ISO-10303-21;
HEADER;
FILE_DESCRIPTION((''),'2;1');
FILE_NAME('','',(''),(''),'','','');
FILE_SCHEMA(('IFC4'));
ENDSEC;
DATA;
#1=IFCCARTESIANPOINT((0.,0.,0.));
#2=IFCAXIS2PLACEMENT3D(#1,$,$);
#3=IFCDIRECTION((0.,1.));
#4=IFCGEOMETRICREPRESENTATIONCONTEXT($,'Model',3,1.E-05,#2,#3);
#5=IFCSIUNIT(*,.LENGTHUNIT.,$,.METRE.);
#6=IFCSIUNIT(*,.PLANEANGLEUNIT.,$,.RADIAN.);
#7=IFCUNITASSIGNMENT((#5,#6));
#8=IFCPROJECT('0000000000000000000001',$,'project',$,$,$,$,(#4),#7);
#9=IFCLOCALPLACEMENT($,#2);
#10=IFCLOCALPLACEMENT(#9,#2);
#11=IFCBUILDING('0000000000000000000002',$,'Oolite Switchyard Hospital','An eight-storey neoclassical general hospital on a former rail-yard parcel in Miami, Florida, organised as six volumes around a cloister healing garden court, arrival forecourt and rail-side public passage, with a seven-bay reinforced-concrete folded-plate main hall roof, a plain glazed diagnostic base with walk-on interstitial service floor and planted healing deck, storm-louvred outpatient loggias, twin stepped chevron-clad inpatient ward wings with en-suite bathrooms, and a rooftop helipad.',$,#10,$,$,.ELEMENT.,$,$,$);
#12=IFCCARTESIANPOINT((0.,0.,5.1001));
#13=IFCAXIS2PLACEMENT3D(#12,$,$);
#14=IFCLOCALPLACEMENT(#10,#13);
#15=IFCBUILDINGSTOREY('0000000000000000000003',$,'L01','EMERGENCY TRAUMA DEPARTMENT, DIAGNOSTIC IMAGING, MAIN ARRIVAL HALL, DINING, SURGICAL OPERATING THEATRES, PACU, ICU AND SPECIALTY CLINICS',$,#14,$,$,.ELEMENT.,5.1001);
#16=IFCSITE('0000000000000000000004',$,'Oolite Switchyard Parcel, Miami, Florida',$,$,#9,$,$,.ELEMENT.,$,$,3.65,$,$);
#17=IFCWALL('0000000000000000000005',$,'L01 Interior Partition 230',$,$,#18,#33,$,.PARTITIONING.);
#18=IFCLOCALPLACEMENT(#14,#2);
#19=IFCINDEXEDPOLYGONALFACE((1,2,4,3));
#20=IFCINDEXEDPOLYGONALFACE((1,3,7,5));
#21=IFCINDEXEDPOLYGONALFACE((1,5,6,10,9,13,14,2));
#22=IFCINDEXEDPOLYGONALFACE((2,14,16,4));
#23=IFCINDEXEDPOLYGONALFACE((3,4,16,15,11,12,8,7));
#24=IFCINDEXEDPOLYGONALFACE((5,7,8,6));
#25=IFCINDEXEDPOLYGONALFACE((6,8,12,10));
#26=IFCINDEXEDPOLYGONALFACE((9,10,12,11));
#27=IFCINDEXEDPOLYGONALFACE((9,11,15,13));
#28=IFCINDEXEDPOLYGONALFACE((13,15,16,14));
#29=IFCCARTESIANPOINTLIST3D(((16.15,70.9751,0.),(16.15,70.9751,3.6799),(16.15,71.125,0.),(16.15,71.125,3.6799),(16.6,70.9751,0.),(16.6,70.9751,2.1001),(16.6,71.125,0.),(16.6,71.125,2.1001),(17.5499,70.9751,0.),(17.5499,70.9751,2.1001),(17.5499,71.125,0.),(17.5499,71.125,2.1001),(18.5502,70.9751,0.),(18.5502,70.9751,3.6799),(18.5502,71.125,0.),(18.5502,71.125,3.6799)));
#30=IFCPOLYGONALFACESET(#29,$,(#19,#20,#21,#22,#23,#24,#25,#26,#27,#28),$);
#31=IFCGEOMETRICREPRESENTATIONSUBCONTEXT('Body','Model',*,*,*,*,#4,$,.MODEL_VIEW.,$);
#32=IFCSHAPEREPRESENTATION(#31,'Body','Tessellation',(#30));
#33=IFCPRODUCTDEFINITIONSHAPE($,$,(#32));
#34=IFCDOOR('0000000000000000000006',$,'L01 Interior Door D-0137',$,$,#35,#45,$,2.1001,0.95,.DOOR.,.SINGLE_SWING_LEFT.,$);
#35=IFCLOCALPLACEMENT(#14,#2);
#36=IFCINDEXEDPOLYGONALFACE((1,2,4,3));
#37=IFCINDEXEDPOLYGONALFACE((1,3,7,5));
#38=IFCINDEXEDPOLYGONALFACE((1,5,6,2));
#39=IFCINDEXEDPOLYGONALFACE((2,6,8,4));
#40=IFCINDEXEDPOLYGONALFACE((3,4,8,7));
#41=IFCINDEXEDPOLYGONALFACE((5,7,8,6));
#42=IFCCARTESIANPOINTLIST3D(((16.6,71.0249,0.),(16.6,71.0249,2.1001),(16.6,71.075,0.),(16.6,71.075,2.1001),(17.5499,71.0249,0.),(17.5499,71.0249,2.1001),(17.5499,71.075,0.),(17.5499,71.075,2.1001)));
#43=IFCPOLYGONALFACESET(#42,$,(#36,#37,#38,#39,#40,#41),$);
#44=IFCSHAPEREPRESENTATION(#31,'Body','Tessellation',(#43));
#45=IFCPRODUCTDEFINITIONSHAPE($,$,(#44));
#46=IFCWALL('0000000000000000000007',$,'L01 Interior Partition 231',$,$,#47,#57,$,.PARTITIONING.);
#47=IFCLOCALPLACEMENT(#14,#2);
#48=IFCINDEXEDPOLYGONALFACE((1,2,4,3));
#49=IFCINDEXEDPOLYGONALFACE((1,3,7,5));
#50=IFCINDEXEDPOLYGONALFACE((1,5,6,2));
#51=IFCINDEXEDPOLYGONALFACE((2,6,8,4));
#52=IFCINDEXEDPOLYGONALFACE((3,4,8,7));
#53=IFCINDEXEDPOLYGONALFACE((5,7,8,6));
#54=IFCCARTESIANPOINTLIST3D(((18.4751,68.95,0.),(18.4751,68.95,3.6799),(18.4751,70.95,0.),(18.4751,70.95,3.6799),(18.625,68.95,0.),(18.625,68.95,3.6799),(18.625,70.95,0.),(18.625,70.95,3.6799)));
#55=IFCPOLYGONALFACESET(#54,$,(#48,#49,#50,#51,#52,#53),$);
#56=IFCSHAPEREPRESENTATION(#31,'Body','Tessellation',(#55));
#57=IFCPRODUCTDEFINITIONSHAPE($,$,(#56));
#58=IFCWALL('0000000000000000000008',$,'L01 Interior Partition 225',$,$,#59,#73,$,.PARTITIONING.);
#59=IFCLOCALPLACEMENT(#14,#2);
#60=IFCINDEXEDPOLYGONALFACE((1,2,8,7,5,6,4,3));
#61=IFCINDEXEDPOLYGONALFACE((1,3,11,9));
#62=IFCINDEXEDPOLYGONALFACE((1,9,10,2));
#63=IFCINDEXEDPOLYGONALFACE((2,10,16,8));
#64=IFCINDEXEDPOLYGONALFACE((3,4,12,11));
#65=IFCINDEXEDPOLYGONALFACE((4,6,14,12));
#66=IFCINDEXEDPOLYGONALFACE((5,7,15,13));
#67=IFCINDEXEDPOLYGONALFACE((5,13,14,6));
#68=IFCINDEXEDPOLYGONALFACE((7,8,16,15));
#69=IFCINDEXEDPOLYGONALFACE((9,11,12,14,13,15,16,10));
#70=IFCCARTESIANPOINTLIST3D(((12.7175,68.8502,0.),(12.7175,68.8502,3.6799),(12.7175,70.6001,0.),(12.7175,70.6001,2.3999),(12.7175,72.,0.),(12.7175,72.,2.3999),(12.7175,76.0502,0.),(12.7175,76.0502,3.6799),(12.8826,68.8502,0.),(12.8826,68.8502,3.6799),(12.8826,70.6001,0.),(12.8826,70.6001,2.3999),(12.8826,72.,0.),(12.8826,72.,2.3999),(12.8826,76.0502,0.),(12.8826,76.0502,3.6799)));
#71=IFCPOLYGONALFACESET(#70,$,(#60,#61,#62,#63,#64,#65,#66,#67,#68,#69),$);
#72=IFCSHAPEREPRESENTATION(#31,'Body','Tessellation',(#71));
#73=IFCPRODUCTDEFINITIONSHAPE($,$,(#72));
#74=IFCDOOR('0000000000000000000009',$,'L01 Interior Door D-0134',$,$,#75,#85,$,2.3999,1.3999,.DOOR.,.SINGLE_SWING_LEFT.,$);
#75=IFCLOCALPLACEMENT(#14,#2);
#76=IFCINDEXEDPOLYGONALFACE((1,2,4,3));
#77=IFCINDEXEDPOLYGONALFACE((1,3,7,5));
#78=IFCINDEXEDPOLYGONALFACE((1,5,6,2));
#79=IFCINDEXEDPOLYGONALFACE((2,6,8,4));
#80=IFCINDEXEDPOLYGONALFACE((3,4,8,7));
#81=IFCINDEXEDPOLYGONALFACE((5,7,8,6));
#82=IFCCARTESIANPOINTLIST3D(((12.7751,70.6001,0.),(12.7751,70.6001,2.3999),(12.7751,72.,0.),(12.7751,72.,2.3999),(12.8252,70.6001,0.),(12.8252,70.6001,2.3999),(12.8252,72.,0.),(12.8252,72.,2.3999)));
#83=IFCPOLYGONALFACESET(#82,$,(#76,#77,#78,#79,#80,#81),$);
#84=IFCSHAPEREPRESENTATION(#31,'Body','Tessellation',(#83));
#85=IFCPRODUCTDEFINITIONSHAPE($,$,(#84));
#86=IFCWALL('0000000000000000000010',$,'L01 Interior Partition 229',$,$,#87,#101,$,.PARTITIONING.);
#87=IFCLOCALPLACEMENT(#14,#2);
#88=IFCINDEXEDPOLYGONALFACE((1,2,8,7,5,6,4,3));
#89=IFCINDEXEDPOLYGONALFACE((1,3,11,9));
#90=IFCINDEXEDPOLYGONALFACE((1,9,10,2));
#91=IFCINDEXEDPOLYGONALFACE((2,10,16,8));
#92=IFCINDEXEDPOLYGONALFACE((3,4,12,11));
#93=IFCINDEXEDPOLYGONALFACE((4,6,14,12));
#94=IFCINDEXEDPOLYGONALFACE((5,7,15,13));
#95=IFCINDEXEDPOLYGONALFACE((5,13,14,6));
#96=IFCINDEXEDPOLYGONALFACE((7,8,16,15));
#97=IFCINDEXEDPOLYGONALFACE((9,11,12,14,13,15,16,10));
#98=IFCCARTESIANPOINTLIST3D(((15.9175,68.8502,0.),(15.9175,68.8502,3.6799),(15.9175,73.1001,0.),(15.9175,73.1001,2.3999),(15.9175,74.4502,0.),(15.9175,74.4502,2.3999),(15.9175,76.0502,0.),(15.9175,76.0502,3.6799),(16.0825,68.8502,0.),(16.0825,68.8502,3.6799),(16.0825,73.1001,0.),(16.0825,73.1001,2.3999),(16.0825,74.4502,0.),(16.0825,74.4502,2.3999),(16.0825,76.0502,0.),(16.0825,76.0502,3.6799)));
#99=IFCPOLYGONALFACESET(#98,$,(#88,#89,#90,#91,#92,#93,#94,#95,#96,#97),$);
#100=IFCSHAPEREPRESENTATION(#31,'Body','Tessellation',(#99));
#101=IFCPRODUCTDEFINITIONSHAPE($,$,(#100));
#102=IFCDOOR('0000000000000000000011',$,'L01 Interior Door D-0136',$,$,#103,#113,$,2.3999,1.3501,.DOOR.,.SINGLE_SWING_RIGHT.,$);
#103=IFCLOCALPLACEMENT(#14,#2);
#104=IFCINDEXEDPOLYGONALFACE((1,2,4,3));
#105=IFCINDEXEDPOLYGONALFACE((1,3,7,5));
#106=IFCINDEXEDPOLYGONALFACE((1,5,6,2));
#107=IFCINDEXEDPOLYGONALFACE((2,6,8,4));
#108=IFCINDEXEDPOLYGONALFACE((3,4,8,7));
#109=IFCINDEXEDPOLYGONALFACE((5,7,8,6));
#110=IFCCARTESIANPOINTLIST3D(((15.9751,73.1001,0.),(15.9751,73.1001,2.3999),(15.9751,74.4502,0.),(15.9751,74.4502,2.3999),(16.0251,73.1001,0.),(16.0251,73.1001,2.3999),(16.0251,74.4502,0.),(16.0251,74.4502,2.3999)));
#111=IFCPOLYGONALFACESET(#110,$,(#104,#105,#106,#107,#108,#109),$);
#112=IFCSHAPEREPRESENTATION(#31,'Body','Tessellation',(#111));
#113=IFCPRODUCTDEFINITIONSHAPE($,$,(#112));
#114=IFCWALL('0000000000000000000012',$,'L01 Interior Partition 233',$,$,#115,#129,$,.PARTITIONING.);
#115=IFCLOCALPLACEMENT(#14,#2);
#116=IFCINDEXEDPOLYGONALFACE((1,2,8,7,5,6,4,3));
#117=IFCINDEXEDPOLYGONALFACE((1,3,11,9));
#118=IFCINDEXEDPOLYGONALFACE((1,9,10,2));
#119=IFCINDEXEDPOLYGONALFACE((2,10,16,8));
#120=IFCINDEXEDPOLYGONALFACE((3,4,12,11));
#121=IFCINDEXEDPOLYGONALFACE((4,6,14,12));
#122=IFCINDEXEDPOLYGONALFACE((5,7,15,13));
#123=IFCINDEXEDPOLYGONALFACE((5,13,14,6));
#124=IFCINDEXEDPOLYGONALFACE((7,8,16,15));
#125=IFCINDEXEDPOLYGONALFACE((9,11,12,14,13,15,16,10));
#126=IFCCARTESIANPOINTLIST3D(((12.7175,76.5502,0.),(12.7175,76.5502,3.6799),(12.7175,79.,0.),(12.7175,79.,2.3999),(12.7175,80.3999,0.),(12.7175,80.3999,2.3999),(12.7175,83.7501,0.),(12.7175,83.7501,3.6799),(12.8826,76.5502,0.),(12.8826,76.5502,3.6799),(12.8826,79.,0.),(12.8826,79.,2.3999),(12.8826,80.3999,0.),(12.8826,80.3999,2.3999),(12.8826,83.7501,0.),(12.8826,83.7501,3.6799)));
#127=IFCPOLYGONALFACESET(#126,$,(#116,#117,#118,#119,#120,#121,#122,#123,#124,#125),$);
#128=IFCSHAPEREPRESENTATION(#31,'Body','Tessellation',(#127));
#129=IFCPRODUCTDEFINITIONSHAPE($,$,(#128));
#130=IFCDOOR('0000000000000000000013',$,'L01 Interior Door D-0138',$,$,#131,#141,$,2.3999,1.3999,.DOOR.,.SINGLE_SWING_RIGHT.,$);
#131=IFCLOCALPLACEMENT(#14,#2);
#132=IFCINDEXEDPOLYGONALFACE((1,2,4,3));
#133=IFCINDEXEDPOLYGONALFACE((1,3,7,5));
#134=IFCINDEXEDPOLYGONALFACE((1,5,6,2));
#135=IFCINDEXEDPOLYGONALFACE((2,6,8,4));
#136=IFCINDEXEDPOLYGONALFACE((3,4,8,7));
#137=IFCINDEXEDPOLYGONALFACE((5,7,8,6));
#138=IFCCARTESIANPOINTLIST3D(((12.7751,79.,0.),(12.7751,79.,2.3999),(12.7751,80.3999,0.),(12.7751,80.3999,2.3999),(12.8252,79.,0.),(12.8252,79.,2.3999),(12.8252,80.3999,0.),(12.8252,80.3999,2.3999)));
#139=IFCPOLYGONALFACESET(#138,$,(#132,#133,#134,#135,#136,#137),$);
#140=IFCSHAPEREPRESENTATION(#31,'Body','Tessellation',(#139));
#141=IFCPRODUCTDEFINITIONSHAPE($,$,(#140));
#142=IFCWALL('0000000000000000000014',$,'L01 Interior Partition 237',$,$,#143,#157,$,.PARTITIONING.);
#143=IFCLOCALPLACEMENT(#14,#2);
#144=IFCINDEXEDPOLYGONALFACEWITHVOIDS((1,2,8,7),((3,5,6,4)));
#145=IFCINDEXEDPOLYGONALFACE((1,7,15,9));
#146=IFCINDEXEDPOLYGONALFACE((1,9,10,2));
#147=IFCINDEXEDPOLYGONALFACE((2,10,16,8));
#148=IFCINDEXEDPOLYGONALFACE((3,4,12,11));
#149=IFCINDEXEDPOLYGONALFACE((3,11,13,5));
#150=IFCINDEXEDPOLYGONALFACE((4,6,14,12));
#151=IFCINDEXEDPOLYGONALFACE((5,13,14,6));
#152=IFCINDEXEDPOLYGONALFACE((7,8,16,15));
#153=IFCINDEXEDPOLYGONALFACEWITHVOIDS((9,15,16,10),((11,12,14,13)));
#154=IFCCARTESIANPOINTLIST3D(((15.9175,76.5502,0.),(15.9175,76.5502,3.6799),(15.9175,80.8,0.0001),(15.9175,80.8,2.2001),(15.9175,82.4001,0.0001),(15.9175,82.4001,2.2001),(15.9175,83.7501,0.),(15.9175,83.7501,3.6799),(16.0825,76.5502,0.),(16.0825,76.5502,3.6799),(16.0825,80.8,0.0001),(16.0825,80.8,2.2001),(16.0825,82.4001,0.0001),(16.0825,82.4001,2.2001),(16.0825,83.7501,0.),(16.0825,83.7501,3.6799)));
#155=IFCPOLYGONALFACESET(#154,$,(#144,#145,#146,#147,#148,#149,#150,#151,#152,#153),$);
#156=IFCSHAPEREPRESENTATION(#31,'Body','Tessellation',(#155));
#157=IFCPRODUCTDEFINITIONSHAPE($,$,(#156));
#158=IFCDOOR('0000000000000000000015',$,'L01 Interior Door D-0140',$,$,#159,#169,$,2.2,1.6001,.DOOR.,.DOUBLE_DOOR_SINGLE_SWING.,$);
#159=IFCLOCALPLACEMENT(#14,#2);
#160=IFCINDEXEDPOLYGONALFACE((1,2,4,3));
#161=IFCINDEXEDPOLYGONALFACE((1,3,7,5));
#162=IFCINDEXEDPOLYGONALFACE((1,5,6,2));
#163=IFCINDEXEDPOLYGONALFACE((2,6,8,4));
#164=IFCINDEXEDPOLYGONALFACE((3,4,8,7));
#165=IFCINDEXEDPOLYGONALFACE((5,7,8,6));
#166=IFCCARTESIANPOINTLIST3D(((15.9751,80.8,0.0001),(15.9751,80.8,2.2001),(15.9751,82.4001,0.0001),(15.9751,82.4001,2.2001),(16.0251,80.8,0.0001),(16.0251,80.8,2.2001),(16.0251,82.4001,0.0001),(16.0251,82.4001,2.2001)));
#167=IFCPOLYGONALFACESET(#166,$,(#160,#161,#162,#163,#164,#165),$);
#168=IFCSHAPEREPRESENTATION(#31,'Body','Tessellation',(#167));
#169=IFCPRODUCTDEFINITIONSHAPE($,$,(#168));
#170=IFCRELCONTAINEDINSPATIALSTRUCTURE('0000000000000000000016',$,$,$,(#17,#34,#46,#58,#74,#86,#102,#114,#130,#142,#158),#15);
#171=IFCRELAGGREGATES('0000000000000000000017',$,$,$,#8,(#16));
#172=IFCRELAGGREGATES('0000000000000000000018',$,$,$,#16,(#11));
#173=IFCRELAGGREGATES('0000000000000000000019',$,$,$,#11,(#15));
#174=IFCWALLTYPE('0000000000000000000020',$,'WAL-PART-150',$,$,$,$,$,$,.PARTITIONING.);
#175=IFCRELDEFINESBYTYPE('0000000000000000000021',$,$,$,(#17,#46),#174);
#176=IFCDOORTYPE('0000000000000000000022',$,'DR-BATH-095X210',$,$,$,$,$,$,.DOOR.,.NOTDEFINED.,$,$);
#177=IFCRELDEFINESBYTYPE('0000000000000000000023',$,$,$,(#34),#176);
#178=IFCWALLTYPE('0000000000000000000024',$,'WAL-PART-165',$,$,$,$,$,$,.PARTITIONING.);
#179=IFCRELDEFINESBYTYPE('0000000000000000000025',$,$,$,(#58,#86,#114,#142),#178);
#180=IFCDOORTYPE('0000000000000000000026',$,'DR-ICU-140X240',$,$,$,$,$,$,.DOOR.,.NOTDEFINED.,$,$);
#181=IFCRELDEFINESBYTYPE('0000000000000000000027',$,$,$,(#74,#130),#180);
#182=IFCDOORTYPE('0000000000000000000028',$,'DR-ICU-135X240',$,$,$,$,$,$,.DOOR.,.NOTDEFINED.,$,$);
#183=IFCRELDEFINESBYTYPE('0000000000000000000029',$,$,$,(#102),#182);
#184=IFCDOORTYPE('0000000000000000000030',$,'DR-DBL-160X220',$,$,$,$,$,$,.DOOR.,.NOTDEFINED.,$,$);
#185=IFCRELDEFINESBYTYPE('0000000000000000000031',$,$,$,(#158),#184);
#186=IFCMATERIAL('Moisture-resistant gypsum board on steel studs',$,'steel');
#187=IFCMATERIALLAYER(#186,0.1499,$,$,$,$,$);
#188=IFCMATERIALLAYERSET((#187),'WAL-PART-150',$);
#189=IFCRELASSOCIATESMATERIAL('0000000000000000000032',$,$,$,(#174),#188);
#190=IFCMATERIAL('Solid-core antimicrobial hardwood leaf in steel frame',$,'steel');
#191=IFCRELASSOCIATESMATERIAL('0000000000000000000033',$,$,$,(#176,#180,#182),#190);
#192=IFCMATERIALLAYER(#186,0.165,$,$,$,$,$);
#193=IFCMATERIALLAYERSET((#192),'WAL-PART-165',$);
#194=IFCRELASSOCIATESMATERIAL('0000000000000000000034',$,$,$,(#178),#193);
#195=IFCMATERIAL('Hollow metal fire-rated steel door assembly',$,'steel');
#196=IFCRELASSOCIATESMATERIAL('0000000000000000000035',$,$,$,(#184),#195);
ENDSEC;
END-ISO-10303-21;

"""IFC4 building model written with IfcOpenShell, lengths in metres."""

from ifc_helpers import new_model, si_unit, direction, frame, frame_2d, origin, place, context, subcontext, project, spatial, rectangle, extrude, material, layer, layer_set, type_object, element, fill, save


model = new_model("IFC4")

# Units and contexts
model_context = context("Model", 3, precision=1e-05, world=origin(), true_north=direction((0.0, 1.0)))
body_context = subcontext(model_context, "Body", "Model", "MODEL_VIEW")
ifc_project = project(units=[si_unit("LENGTHUNIT", "METRE"), si_unit("PLANEANGLEUNIT", "RADIAN")], contexts=[model_context])

# Site, building, storey
site_placement = place(None, origin())
site = spatial("IfcSite", under=ifc_project, at=site_placement, Name="Oolite Switchyard Parcel, Miami, Florida", CompositionType="ELEMENT", RefElevation=3.65)
building_placement = place(site_placement, origin())
building = spatial("IfcBuilding", under=site, at=building_placement, Name="Oolite Switchyard Hospital", Description="An eight-storey neoclassical general hospital on a former rail-yard parcel in Miami, Florida, organised as six volumes around a cloister healing garden court, arrival forecourt and rail-side public passage, with a seven-bay reinforced-concrete folded-plate main hall roof, a plain glazed diagnostic base with walk-on interstitial service floor and planted healing deck, storm-louvred outpatient loggias, twin stepped chevron-clad inpatient ward wings with en-suite bathrooms, and a rooftop helipad.", CompositionType="ELEMENT")
storey_placement = place(building_placement, frame((0.0, 0.0, 5.1001)))
storey = spatial("IfcBuildingStorey", under=building, at=storey_placement, Name="L01", Description="EMERGENCY TRAUMA DEPARTMENT, DIAGNOSTIC IMAGING, MAIN ARRIVAL HALL, DINING, SURGICAL OPERATING THEATRES, PACU, ICU AND SPECIALTY CLINICS", CompositionType="ELEMENT", Elevation=5.1001)

# Shared definitions
ifc_material_1 = material(Name="Moisture-resistant gypsum board on steel studs", Category="steel")

# Shared definitions
ifc_layer_1 = layer(ifc_material_1, 0.1499)
ifc_layer_set_1 = layer_set([ifc_layer_1], Name="WAL-PART-150")
wall_type_1 = type_object("IfcWallType", Name="WAL-PART-150", PredefinedType="PARTITIONING", material=ifc_layer_set_1)
ifc_material_2 = material(Name="Solid-core antimicrobial hardwood leaf in steel frame", Category="steel")

# Wall, opening, door
wall_1_placement = place(storey_placement, frame((16.1499, 71.05, 0.0), z_axis=(0.0, 0.0, 1.0), x_axis=(1.0, 0.0, 0.0)))
wall_1 = element("IfcWall", 1, at=wall_1_placement, inside=storey, type_object=wall_type_1, Name="L01 Interior Partition 230", PredefinedType="PARTITIONING", context=body_context, shape_type="SweptSolid", body=[
    extrude(rectangle(XDim=2.4001, YDim=0.1499, at=frame_2d((1.2002, 0.0))), origin(), (0.0, 0.0, 1.0), 3.6799),
])
opening_1_placement = place(wall_1_placement, frame((0.45, 0.0, 0.0)))
opening_1 = element("IfcOpeningElement", 2, at=opening_1_placement, cuts=wall_1, PredefinedType="OPENING", context=body_context, shape_type="SweptSolid", body=[
    extrude(rectangle(XDim=0.95, YDim=2.1001, at=frame_2d((0.4751, 1.05))), frame((0.0, 0.085, 0.0), z_axis=(0.0, -1.0, 0.0), x_axis=(1.0, 0.0, 0.0)), (0.0, 0.0, 1.0), 0.1699),
])
door_type_1 = type_object("IfcDoorType", Name="DR-BATH-095X210", OperationType="NOTDEFINED", PredefinedType="DOOR", material=ifc_material_2)
door_1_placement = place(opening_1_placement, origin())
door_1 = element("IfcDoor", 3, at=door_1_placement, inside=storey, type_object=door_type_1, Name="L01 Interior Door D-0137", OperationType="SINGLE_SWING_LEFT", OverallHeight=2.1001, OverallWidth=0.95, PredefinedType="DOOR", context=body_context, shape_type="SweptSolid", body=[
    extrude(rectangle(XDim=0.95, YDim=2.1001, at=frame_2d((0.4751, 1.05))), frame((0.0, 0.0249, 0.0), z_axis=(0.0, -1.0, 0.0), x_axis=(1.0, 0.0, 0.0)), (0.0, 0.0, 1.0), 0.05),
])
fill(opening_1, door_1)

# Wall
wall_2_placement = place(storey_placement, frame((18.55, 68.95, 0.0), z_axis=(0.0, 0.0, 1.0), x_axis=(0.0, 1.0, 0.0)))
element("IfcWall", 4, at=wall_2_placement, inside=storey, type_object=wall_type_1, Name="L01 Interior Partition 231", PredefinedType="PARTITIONING", context=body_context, shape_type="SweptSolid", body=[
    extrude(rectangle(XDim=2.0, YDim=0.1499, at=frame_2d((1.0, 0.0))), origin(), (0.0, 0.0, 1.0), 3.6799),
])

# Walls, openings, doors
ifc_layer_2 = layer(ifc_material_1, 0.165)
ifc_layer_set_2 = layer_set([ifc_layer_2], Name="WAL-PART-165")
wall_type_2 = type_object("IfcWallType", Name="WAL-PART-165", PredefinedType="PARTITIONING", material=ifc_layer_set_2)
wall_3_placement = place(storey_placement, frame((12.8, 68.8501, 0.0), z_axis=(0.0, 0.0, 1.0), x_axis=(0.0, 1.0, 0.0)))
wall_3 = element("IfcWall", 5, at=wall_3_placement, inside=storey, type_object=wall_type_2, Name="L01 Interior Partition 225", PredefinedType="PARTITIONING", context=body_context, shape_type="SweptSolid", body=[
    extrude(rectangle(XDim=7.2, YDim=0.165, at=frame_2d((3.6001, 0.0))), origin(), (0.0, 0.0, 1.0), 3.6799),
])
opening_2_placement = place(wall_3_placement, frame((1.75, 0.0, 0.0)))
opening_2 = element("IfcOpeningElement", 6, at=opening_2_placement, cuts=wall_3, PredefinedType="OPENING", context=body_context, shape_type="SweptSolid", body=[
    extrude(rectangle(XDim=1.3999, YDim=2.3999, at=frame_2d((0.7, 1.2))), frame((0.0, 0.0925, 0.0), z_axis=(0.0, -1.0, 0.0), x_axis=(1.0, 0.0, 0.0)), (0.0, 0.0, 1.0), 0.1851),
])
door_type_2 = type_object("IfcDoorType", Name="DR-ICU-140X240", OperationType="NOTDEFINED", PredefinedType="DOOR", material=ifc_material_2)
door_2_placement = place(opening_2_placement, origin())
door_2 = element("IfcDoor", 7, at=door_2_placement, inside=storey, type_object=door_type_2, Name="L01 Interior Door D-0134", OperationType="SINGLE_SWING_LEFT", OverallHeight=2.3999, OverallWidth=1.3999, PredefinedType="DOOR", context=body_context, shape_type="SweptSolid", body=[
    extrude(rectangle(XDim=1.3999, YDim=2.3999, at=frame_2d((0.7, 1.2))), frame((0.0, 0.0249, 0.0), z_axis=(0.0, -1.0, 0.0), x_axis=(1.0, 0.0, 0.0)), (0.0, 0.0, 1.0), 0.05),
])
fill(opening_2, door_2)
wall_4_placement = place(storey_placement, frame((16.0, 68.8501, 0.0), z_axis=(0.0, 0.0, 1.0), x_axis=(0.0, 1.0, 0.0)))
wall_4 = element("IfcWall", 8, at=wall_4_placement, inside=storey, type_object=wall_type_2, Name="L01 Interior Partition 229", PredefinedType="PARTITIONING", context=body_context, shape_type="SweptSolid", body=[
    extrude(rectangle(XDim=7.2, YDim=0.165, at=frame_2d((3.6001, 0.0))), origin(), (0.0, 0.0, 1.0), 3.6799),
])
opening_3_placement = place(wall_4_placement, frame((4.25, 0.0, 0.0)))
opening_3 = element("IfcOpeningElement", 9, at=opening_3_placement, cuts=wall_4, PredefinedType="OPENING", context=body_context, shape_type="SweptSolid", body=[
    extrude(rectangle(XDim=1.3501, YDim=2.3999, at=frame_2d((0.675, 1.2))), frame((0.0, 0.0925, 0.0), z_axis=(0.0, -1.0, 0.0), x_axis=(1.0, 0.0, 0.0)), (0.0, 0.0, 1.0), 0.1851),
])
door_type_3 = type_object("IfcDoorType", Name="DR-ICU-135X240", OperationType="NOTDEFINED", PredefinedType="DOOR", material=ifc_material_2)
door_3_placement = place(opening_3_placement, origin())
door_3 = element("IfcDoor", 10, at=door_3_placement, inside=storey, type_object=door_type_3, Name="L01 Interior Door D-0136", OperationType="SINGLE_SWING_RIGHT", OverallHeight=2.3999, OverallWidth=1.3501, PredefinedType="DOOR", context=body_context, shape_type="SweptSolid", body=[
    extrude(rectangle(XDim=1.3501, YDim=2.3999, at=frame_2d((0.675, 1.2))), frame((0.0, 0.0249, 0.0), z_axis=(0.0, -1.0, 0.0), x_axis=(1.0, 0.0, 0.0)), (0.0, 0.0, 1.0), 0.05),
])
fill(opening_3, door_3)
wall_5_placement = place(storey_placement, frame((12.8, 76.55, 0.0), z_axis=(0.0, 0.0, 1.0), x_axis=(0.0, 1.0, 0.0)))
wall_5 = element("IfcWall", 11, at=wall_5_placement, inside=storey, type_object=wall_type_2, Name="L01 Interior Partition 233", PredefinedType="PARTITIONING", context=body_context, shape_type="SweptSolid", body=[
    extrude(rectangle(XDim=7.2, YDim=0.165, at=frame_2d((3.6001, 0.0))), origin(), (0.0, 0.0, 1.0), 3.6799),
])
opening_4_placement = place(wall_5_placement, frame((2.45, 0.0, 0.0)))
opening_4 = element("IfcOpeningElement", 12, at=opening_4_placement, cuts=wall_5, PredefinedType="OPENING", context=body_context, shape_type="SweptSolid", body=[
    extrude(rectangle(XDim=1.3999, YDim=2.3999, at=frame_2d((0.7, 1.2))), frame((0.0, 0.0925, 0.0), z_axis=(0.0, -1.0, 0.0), x_axis=(1.0, 0.0, 0.0)), (0.0, 0.0, 1.0), 0.1851),
])
door_4_placement = place(opening_4_placement, origin())
door_4 = element("IfcDoor", 13, at=door_4_placement, inside=storey, type_object=door_type_2, Name="L01 Interior Door D-0138", OperationType="SINGLE_SWING_RIGHT", OverallHeight=2.3999, OverallWidth=1.3999, PredefinedType="DOOR", context=body_context, shape_type="SweptSolid", body=[
    extrude(rectangle(XDim=1.3999, YDim=2.3999, at=frame_2d((0.7, 1.2))), frame((0.0, 0.0249, 0.0), z_axis=(0.0, -1.0, 0.0), x_axis=(1.0, 0.0, 0.0)), (0.0, 0.0, 1.0), 0.05),
])
fill(opening_4, door_4)
wall_6_placement = place(storey_placement, frame((16.0, 76.55, 0.0), z_axis=(0.0, 0.0, 1.0), x_axis=(0.0, 1.0, 0.0)))
wall_6 = element("IfcWall", 14, at=wall_6_placement, inside=storey, type_object=wall_type_2, Name="L01 Interior Partition 237", PredefinedType="PARTITIONING", context=body_context, shape_type="SweptSolid", body=[
    extrude(rectangle(XDim=7.2, YDim=0.165, at=frame_2d((3.6001, 0.0))), origin(), (0.0, 0.0, 1.0), 3.6799),
])
opening_5_placement = place(wall_6_placement, frame((4.25, 0.0, 0.0)))
opening_5 = element("IfcOpeningElement", 15, at=opening_5_placement, cuts=wall_6, PredefinedType="OPENING", context=body_context, shape_type="SweptSolid", body=[
    extrude(rectangle(XDim=1.6001, YDim=2.2, at=frame_2d((0.8, 1.1001))), frame((0.0, 0.0925, 0.0), z_axis=(0.0, -1.0, 0.0), x_axis=(1.0, 0.0, 0.0)), (0.0, 0.0, 1.0), 0.1851),
])
ifc_material_3 = material(Name="Hollow metal fire-rated steel door assembly", Category="steel")
door_type_4 = type_object("IfcDoorType", Name="DR-DBL-160X220", OperationType="NOTDEFINED", PredefinedType="DOOR", material=ifc_material_3)
door_5_placement = place(opening_5_placement, origin())
door_5 = element("IfcDoor", 16, at=door_5_placement, inside=storey, type_object=door_type_4, Name="L01 Interior Door D-0140", OperationType="DOUBLE_DOOR_SINGLE_SWING", OverallHeight=2.2, OverallWidth=1.6001, PredefinedType="DOOR", context=body_context, shape_type="SweptSolid", body=[
    extrude(rectangle(XDim=1.6001, YDim=2.2, at=frame_2d((0.8, 1.1001))), frame((0.0, 0.0249, 0.0), z_axis=(0.0, -1.0, 0.0), x_axis=(1.0, 0.0, 0.0)), (0.0, 0.0, 1.0), 0.05),
])
fill(opening_5, door_5)

save(model, "model.ifc")
